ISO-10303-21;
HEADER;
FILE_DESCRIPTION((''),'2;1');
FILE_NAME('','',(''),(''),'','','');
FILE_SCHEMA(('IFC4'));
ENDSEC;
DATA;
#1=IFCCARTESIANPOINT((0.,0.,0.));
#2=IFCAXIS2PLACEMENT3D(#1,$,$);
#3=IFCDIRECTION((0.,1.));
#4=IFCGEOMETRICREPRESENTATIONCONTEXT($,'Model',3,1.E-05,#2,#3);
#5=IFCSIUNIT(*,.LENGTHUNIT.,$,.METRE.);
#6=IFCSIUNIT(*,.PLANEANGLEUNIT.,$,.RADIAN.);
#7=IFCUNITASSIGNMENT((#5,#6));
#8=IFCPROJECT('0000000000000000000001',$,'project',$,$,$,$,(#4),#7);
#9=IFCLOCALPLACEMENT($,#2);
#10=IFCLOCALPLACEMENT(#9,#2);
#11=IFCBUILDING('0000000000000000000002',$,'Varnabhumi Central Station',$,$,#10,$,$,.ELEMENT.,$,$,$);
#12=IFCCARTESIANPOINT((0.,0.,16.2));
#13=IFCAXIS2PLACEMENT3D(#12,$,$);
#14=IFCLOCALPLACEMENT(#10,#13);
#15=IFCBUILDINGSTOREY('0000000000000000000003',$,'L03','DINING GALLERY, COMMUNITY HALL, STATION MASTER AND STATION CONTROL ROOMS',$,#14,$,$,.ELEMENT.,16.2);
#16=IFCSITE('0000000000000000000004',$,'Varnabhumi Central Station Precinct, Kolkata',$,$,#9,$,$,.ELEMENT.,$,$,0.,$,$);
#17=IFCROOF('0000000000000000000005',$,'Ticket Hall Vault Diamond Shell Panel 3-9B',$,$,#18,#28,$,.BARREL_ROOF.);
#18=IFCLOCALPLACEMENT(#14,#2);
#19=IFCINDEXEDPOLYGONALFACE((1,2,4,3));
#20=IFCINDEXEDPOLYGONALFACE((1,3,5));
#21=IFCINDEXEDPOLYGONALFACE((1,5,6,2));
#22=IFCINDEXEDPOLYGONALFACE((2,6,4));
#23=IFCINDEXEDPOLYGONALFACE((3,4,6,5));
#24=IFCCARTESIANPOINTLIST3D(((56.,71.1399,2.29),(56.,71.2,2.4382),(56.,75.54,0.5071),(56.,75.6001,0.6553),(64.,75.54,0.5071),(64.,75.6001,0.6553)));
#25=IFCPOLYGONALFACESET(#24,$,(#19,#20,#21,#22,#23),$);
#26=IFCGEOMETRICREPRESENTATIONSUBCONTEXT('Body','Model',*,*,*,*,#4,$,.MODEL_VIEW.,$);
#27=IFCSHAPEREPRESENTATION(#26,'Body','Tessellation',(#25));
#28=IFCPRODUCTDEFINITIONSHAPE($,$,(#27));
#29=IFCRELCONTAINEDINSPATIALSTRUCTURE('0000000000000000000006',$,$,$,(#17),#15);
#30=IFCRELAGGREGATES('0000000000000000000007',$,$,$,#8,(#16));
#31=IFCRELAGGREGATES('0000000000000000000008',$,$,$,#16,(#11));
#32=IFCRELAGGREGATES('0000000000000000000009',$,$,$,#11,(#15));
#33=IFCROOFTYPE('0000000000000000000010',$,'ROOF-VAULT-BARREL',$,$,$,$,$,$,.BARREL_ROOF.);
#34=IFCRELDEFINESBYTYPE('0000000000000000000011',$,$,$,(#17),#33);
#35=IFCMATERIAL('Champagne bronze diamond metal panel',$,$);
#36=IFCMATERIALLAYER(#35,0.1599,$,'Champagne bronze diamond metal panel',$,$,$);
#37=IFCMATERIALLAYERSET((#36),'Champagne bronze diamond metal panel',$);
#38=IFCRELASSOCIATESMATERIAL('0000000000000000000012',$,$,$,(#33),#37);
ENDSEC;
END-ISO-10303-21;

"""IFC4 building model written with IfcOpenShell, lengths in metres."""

from ifc_helpers import new_model, si_unit, direction, frame, origin, place, context, subcontext, project, spatial, polyline, outline, extrude, material, layer, layer_set, type_object, element, save


model = new_model("IFC4")

# Units and contexts
model_context = context("Model", 3, precision=1e-05, world=origin(), true_north=direction((0.0, 1.0)))
body_context = subcontext(model_context, "Body", "Model", "MODEL_VIEW")
ifc_project = project(units=[si_unit("LENGTHUNIT", "METRE"), si_unit("PLANEANGLEUNIT", "RADIAN")], contexts=[model_context])

# Site, building, storey
site_placement = place(None, origin())
site = spatial("IfcSite", under=ifc_project, at=site_placement, Name="Varnabhumi Central Station Precinct, Kolkata", CompositionType="ELEMENT", RefElevation=0.0)
building_placement = place(site_placement, origin())
building = spatial("IfcBuilding", under=site, at=building_placement, Name="Varnabhumi Central Station", CompositionType="ELEMENT")
storey_placement = place(building_placement, frame((0.0, 0.0, 16.2)))
storey = spatial("IfcBuildingStorey", under=building, at=storey_placement, Name="L03", Description="DINING GALLERY, COMMUNITY HALL, STATION MASTER AND STATION CONTROL ROOMS", CompositionType="ELEMENT", Elevation=16.2)

# Roof
ifc_material_1 = material(Name="Champagne bronze diamond metal panel")
ifc_layer_1 = layer(ifc_material_1, 0.1599, Name="Champagne bronze diamond metal panel")
ifc_layer_set_1 = layer_set([ifc_layer_1], Name="Champagne bronze diamond metal panel")
roof_type = type_object("IfcRoofType", Name="ROOF-VAULT-BARREL", PredefinedType="BARREL_ROOF", material=ifc_layer_set_1)
roof_1_placement = place(storey_placement, frame((56.0, 71.2, 2.4382), z_axis=(0.0, 0.375545, 0.926804), x_axis=(0.859965, 0.472997, -0.19166)))
element("IfcRoof", 1, at=roof_1_placement, inside=storey, type_object=roof_type, Name="Ticket Hall Vault Diamond Shell Panel 3-9B", PredefinedType="BARREL_ROOF", context=body_context, shape_type="SweptSolid", body=[
    extrude(outline(polyline([(0.0, 0.0), (9.3027, 0.0), (2.423, 4.0828), (0.0, 0.0)])), origin(), (0.0, 0.0, -1.0), 0.1599),
])

save(model, "model.ifc")
